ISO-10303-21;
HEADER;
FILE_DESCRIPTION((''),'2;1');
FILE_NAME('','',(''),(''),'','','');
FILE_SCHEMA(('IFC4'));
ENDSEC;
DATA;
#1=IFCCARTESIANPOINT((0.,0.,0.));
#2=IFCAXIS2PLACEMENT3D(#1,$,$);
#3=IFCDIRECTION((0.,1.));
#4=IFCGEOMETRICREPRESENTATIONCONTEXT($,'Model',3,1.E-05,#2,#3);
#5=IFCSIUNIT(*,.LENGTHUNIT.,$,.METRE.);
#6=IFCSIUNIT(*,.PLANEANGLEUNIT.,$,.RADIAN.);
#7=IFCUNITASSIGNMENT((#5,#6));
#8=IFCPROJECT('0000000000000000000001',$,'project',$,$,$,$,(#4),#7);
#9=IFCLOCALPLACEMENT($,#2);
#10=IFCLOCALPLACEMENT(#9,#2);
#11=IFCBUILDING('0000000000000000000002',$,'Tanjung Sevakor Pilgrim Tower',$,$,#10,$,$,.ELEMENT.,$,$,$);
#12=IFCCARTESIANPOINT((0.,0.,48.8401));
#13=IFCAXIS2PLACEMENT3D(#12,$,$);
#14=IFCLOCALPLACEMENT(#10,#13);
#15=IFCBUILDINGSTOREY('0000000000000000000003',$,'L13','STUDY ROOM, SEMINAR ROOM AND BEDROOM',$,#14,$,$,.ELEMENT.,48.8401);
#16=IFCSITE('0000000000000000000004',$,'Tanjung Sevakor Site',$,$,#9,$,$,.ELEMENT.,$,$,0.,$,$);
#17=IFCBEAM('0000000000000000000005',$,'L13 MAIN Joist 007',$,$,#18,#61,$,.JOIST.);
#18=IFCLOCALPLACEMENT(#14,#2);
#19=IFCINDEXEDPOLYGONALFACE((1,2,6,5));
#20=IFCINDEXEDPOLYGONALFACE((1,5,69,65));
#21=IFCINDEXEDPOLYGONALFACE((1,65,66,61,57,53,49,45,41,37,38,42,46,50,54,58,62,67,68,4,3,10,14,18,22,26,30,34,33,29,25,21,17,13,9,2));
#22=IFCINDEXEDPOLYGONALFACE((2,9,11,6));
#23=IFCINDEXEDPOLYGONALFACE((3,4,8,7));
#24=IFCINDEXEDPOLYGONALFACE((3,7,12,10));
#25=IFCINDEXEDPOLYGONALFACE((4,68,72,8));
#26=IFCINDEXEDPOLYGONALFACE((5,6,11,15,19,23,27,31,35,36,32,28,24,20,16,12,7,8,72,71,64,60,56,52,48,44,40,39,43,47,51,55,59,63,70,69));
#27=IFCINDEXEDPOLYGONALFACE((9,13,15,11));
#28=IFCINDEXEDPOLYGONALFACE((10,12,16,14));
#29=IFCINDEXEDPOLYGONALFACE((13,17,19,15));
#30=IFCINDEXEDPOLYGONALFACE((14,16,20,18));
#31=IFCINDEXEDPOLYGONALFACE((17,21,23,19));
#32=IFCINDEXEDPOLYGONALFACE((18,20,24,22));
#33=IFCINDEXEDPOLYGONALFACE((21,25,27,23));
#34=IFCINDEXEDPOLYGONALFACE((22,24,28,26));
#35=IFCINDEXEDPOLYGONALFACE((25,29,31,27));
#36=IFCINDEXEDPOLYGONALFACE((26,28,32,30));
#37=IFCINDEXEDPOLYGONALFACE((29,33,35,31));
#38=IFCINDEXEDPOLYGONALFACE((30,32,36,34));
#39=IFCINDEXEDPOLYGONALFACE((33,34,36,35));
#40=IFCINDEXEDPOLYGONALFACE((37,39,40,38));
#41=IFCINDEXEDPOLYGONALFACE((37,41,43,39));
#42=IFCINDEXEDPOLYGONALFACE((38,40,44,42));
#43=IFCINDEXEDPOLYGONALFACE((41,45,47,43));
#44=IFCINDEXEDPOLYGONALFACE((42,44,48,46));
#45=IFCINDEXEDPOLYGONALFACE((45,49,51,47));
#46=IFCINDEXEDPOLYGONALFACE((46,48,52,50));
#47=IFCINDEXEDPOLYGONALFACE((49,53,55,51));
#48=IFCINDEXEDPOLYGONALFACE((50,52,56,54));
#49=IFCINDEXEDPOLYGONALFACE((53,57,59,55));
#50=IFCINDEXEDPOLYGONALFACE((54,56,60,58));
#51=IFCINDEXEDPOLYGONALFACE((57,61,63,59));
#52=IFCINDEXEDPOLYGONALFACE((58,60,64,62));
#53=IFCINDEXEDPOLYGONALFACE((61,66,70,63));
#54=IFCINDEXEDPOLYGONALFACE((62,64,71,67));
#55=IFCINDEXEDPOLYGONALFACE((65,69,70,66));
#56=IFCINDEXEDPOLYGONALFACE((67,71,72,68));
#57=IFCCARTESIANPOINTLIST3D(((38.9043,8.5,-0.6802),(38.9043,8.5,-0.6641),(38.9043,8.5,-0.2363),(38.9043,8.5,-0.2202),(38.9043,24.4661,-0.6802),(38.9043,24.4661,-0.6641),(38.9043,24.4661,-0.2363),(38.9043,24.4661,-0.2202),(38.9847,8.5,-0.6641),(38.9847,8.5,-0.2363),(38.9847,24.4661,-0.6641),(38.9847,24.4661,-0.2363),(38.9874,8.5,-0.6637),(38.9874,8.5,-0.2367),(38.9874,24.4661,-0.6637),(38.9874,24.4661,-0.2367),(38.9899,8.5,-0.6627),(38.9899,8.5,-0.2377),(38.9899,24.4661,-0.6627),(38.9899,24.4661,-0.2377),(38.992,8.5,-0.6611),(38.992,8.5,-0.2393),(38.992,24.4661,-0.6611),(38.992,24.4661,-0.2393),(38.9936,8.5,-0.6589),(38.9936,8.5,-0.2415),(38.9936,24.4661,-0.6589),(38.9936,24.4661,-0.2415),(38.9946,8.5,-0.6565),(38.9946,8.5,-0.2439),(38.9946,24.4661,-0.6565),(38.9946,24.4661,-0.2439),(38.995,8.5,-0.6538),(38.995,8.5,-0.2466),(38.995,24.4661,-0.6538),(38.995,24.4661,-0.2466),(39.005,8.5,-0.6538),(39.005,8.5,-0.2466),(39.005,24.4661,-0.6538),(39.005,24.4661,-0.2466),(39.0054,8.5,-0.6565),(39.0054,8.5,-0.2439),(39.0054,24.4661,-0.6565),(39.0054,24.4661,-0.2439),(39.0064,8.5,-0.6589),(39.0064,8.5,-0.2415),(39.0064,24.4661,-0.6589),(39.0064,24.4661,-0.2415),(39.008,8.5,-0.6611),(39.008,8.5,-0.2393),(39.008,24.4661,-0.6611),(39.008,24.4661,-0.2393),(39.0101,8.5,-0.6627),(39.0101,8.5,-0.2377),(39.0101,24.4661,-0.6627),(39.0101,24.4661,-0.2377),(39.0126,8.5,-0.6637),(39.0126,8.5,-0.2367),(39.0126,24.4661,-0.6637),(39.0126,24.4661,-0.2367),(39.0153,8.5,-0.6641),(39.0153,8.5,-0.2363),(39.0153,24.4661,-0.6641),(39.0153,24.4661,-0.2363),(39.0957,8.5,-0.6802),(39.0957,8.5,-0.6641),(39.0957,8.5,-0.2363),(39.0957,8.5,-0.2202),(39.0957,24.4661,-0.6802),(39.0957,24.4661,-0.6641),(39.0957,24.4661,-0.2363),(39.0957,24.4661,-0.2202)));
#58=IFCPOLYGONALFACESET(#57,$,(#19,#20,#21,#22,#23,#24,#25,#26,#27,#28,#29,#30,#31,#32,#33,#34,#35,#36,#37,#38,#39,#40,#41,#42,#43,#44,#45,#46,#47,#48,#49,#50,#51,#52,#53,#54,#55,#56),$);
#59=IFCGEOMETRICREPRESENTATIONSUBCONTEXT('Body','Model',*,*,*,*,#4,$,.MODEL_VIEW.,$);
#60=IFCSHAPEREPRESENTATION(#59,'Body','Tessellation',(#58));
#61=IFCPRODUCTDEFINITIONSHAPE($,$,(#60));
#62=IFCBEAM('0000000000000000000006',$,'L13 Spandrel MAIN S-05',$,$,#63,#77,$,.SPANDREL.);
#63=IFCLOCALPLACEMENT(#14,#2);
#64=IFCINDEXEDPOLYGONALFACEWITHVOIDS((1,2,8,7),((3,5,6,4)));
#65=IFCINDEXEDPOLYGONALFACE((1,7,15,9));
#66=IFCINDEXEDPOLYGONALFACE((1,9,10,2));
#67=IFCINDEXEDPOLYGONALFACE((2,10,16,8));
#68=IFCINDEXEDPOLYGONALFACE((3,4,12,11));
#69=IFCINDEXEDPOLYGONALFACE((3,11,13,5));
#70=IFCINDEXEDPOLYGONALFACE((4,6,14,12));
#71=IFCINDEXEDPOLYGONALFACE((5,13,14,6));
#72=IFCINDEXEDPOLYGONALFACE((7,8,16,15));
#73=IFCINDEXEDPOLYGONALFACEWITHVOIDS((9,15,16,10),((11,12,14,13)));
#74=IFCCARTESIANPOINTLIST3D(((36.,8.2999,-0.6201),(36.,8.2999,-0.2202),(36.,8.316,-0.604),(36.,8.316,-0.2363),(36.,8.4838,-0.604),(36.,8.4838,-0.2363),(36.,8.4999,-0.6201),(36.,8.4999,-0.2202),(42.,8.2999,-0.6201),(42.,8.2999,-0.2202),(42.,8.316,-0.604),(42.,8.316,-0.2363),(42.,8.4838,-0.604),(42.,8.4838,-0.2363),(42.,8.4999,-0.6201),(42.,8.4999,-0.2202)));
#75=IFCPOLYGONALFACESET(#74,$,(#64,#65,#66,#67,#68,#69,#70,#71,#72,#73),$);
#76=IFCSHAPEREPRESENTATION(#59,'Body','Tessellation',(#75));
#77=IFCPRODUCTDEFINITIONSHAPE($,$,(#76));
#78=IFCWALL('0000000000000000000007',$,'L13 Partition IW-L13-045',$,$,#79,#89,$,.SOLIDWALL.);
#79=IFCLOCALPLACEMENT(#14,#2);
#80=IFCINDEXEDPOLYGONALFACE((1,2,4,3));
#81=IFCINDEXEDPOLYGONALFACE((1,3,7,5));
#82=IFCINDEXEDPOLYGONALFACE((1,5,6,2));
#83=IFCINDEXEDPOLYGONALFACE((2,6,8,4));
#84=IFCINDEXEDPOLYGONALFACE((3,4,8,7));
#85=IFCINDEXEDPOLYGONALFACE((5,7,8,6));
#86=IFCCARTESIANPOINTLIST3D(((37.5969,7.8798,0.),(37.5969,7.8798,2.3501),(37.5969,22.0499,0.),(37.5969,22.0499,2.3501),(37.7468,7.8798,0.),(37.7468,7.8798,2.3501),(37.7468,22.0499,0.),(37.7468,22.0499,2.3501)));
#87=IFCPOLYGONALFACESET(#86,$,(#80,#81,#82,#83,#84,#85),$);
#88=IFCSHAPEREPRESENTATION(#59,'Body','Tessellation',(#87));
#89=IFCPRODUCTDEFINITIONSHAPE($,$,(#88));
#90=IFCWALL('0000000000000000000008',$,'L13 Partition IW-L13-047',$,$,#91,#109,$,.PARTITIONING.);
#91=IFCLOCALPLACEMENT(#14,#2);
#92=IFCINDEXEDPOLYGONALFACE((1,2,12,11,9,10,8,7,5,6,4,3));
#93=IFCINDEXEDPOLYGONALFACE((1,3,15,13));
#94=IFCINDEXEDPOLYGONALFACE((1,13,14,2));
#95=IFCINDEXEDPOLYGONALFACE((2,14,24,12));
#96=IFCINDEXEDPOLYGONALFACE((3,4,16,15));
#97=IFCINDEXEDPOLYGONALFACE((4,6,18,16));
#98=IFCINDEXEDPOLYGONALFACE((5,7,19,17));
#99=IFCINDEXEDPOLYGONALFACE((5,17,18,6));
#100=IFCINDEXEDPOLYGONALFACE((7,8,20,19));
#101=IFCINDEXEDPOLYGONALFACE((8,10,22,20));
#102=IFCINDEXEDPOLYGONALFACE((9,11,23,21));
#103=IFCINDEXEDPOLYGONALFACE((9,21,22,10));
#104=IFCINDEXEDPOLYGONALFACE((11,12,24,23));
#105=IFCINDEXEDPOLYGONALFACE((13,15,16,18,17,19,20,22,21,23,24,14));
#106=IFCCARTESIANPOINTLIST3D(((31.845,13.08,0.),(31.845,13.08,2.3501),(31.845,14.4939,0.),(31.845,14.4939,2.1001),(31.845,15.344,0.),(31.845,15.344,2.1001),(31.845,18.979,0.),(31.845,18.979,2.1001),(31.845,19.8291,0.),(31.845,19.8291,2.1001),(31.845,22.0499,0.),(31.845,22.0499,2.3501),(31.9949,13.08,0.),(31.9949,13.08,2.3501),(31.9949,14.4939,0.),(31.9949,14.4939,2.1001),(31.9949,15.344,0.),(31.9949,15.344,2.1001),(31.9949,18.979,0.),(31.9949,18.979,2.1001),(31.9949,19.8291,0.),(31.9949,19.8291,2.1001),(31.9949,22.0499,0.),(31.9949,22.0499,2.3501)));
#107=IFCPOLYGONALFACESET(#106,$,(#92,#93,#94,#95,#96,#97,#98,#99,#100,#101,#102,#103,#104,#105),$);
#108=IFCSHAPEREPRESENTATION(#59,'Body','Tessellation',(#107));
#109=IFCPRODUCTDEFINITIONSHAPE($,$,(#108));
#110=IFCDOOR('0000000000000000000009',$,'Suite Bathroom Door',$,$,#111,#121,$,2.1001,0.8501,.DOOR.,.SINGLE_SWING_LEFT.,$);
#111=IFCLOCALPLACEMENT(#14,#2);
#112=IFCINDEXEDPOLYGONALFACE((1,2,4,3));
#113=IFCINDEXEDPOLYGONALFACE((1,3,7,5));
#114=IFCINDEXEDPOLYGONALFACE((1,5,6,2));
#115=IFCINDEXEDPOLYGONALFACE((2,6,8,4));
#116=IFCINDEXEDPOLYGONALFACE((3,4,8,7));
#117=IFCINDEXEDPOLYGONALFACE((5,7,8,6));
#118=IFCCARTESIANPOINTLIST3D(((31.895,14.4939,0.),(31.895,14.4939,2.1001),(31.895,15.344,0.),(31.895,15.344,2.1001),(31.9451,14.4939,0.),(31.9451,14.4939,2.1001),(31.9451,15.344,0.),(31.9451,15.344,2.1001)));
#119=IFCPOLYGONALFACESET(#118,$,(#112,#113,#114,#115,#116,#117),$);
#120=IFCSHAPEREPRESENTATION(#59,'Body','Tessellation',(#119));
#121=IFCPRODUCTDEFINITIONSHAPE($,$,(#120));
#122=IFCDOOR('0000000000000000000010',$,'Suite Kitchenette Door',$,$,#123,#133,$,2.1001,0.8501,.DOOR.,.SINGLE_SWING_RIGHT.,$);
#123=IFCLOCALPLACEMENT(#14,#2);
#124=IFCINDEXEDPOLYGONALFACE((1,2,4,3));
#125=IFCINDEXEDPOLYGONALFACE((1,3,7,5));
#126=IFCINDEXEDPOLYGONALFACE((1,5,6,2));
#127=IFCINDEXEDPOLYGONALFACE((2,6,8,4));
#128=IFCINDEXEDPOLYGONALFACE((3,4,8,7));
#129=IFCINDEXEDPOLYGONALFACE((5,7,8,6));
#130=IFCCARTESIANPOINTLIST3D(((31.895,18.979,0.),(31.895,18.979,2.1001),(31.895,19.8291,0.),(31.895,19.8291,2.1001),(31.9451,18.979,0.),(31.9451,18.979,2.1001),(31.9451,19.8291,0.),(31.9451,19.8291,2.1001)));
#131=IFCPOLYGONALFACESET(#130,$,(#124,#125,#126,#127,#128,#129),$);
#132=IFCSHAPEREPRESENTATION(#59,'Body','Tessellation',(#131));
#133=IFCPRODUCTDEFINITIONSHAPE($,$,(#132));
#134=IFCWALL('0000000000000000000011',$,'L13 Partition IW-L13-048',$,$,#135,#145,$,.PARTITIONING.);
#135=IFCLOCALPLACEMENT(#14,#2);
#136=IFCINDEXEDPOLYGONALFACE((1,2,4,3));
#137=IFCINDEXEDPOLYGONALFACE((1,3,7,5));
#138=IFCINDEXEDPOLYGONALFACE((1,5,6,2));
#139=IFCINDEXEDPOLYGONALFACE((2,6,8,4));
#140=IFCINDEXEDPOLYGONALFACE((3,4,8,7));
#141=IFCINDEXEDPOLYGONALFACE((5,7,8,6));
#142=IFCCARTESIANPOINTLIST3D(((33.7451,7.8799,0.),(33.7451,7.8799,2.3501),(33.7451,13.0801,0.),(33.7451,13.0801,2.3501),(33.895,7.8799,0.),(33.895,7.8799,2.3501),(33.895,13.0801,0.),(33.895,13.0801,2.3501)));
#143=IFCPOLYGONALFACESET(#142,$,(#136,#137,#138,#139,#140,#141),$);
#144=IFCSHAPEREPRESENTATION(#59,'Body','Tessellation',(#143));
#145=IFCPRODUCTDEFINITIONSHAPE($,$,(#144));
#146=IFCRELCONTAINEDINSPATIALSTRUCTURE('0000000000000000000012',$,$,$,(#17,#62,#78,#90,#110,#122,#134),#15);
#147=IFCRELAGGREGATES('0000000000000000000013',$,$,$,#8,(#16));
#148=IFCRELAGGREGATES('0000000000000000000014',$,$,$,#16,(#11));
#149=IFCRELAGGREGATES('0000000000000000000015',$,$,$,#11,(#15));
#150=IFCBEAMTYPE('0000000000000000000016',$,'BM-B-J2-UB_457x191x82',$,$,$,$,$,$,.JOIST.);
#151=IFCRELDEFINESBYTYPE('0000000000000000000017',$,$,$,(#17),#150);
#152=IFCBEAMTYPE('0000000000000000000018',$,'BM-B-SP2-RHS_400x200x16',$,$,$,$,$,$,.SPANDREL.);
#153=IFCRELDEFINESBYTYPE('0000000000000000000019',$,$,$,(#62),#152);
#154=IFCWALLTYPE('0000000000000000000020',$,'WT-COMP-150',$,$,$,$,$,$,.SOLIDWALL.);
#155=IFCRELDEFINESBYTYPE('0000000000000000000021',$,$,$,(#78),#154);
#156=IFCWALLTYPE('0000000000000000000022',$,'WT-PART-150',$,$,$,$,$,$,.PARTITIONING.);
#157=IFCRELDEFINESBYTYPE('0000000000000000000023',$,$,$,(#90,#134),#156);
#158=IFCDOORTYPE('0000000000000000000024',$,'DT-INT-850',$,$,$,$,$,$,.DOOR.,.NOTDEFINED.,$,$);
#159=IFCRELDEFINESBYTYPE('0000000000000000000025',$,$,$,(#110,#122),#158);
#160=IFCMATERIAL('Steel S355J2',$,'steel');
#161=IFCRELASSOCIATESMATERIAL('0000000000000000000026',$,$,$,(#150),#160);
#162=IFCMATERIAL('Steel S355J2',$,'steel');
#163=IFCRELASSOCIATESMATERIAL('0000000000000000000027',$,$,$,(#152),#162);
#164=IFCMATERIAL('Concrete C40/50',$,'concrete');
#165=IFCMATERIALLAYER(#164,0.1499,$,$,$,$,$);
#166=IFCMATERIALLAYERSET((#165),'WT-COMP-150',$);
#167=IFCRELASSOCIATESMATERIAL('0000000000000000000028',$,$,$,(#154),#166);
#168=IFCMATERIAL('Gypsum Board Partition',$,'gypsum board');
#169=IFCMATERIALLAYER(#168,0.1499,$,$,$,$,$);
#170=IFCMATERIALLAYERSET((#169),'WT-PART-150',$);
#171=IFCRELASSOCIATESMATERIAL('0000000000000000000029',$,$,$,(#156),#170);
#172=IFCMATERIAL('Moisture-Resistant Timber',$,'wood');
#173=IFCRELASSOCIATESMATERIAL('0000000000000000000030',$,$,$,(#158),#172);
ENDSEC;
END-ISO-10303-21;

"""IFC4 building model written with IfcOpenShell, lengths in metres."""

from ifc_helpers import new_model, si_unit, direction, frame, frame_2d, origin, origin_2d, place, context, subcontext, project, spatial, rectangle, hollow_rectangle, i_section, extrude, material, layer, layer_set, material_profile, profile_set, type_object, element, fill, save


model = new_model("IFC4")

# Units and contexts
model_context = context("Model", 3, precision=1e-05, world=origin(), true_north=direction((0.0, 1.0)))
body_context = subcontext(model_context, "Body", "Model", "MODEL_VIEW")
ifc_project = project(units=[si_unit("LENGTHUNIT", "METRE"), si_unit("PLANEANGLEUNIT", "RADIAN")], contexts=[model_context])

# Site, building, storey
site_placement = place(None, origin())
site = spatial("IfcSite", under=ifc_project, at=site_placement, Name="Tanjung Sevakor Site", CompositionType="ELEMENT", RefElevation=0.0)
building_placement = place(site_placement, origin())
building = spatial("IfcBuilding", under=site, at=building_placement, Name="Tanjung Sevakor Pilgrim Tower", CompositionType="ELEMENT")
storey_placement = place(building_placement, frame((0.0, 0.0, 48.8401)))
storey = spatial("IfcBuildingStorey", under=building, at=storey_placement, Name="L13", Description="STUDY ROOM, SEMINAR ROOM AND BEDROOM", CompositionType="ELEMENT", Elevation=48.8401)

# Beams
ifc_material_1 = material(Name="Steel S355J2", Category="steel")
ifc_material_profile_1 = material_profile(ifc_material_1, i_section(OverallWidth=0.1914, OverallDepth=0.46, WebThickness=0.01, FlangeThickness=0.0161, FilletRadius=0.0103, at=origin_2d()))
ifc_profile_set_1 = profile_set([ifc_material_profile_1], Name="Steel S355J2")
beam_type_1 = type_object("IfcBeamType", Name="BM-B-J2-UB_457x191x82", PredefinedType="JOIST", material=ifc_profile_set_1)
beam_1_placement = place(storey_placement, frame((39.0, 8.5, -0.4502), z_axis=(0.0, 1.0, 0.0), x_axis=(-1.0, 0.0, 0.0)))
element("IfcBeam", 1, at=beam_1_placement, inside=storey, type_object=beam_type_1, Name="L13 MAIN Joist 007", PredefinedType="JOIST", context=body_context, shape_type="SweptSolid", body=[
    extrude(i_section(OverallWidth=0.1914, OverallDepth=0.46, WebThickness=0.01, FlangeThickness=0.0161, FilletRadius=0.0103, at=origin_2d()), origin(), (0.0, 0.0, 1.0), 15.9661),
])
ifc_material_2 = material(Name="Steel S355J2", Category="steel")
ifc_material_profile_2 = material_profile(ifc_material_2, hollow_rectangle(XDim=0.2, YDim=0.3999, WallThickness=0.0161, at=origin_2d()))
ifc_profile_set_2 = profile_set([ifc_material_profile_2], Name="Steel S355J2")
beam_type_2 = type_object("IfcBeamType", Name="BM-B-SP2-RHS_400x200x16", PredefinedType="SPANDREL", material=ifc_profile_set_2)
beam_2_placement = place(storey_placement, frame((36.0, 8.3999, -0.4202), z_axis=(1.0, 0.0, 0.0), x_axis=(0.0, 1.0, 0.0)))
element("IfcBeam", 2, at=beam_2_placement, inside=storey, type_object=beam_type_2, Name="L13 Spandrel MAIN S-05", PredefinedType="SPANDREL", context=body_context, shape_type="SweptSolid", body=[
    extrude(hollow_rectangle(XDim=0.2, YDim=0.3999, WallThickness=0.0161, at=origin_2d()), origin(), (0.0, 0.0, 1.0), 6.0),
])

# Wall
ifc_material_3 = material(Name="Concrete C40/50", Category="concrete")
ifc_layer_1 = layer(ifc_material_3, 0.1499)
ifc_layer_set_1 = layer_set([ifc_layer_1], Name="WT-COMP-150")
wall_type_1 = type_object("IfcWallType", Name="WT-COMP-150", PredefinedType="SOLIDWALL", material=ifc_layer_set_1)
wall_1_placement = place(storey_placement, frame((37.6719, 7.8799, 0.0), z_axis=(0.0, 0.0, 1.0), x_axis=(0.0, 1.0, 0.0)))
element("IfcWall", 3, at=wall_1_placement, inside=storey, type_object=wall_type_1, Name="L13 Partition IW-L13-045", PredefinedType="SOLIDWALL", context=body_context, shape_type="SweptSolid", body=[
    extrude(rectangle(XDim=14.1702, YDim=0.1499, at=frame_2d((7.085, 0.0))), origin(), (0.0, 0.0, 1.0), 2.3501),
])

# Wall, openings, doors
ifc_material_4 = material(Name="Gypsum Board Partition", Category="gypsum board")
ifc_layer_2 = layer(ifc_material_4, 0.1499)
ifc_layer_set_2 = layer_set([ifc_layer_2], Name="WT-PART-150")
wall_type_2 = type_object("IfcWallType", Name="WT-PART-150", PredefinedType="PARTITIONING", material=ifc_layer_set_2)
wall_2_placement = place(storey_placement, frame((31.9199, 13.0801, 0.0), z_axis=(0.0, 0.0, 1.0), x_axis=(0.0, 1.0, 0.0)))
wall_2 = element("IfcWall", 4, at=wall_2_placement, inside=storey, type_object=wall_type_2, Name="L13 Partition IW-L13-047", PredefinedType="PARTITIONING", context=body_context, shape_type="SweptSolid", body=[
    extrude(rectangle(XDim=8.97, YDim=0.1499, at=frame_2d((4.4849, 0.0))), origin(), (0.0, 0.0, 1.0), 2.3501),
])
opening_1_placement = place(wall_2_placement, frame((1.4138, 0.0, 0.0)))
opening_1 = element("IfcOpeningElement", 5, at=opening_1_placement, cuts=wall_2, PredefinedType="OPENING", context=body_context, shape_type="SweptSolid", body=[
    extrude(rectangle(XDim=0.8501, YDim=2.1001, at=frame_2d((0.425, 1.05))), frame((0.0, 0.085, 0.0), z_axis=(0.0, -1.0, 0.0), x_axis=(1.0, 0.0, 0.0)), (0.0, 0.0, 1.0), 0.1699),
])
opening_2_placement = place(wall_2_placement, frame((5.8989, 0.0, 0.0)))
opening_2 = element("IfcOpeningElement", 6, at=opening_2_placement, cuts=wall_2, PredefinedType="OPENING", context=body_context, shape_type="SweptSolid", body=[
    extrude(rectangle(XDim=0.8501, YDim=2.1001, at=frame_2d((0.425, 1.05))), frame((0.0, 0.085, 0.0), z_axis=(0.0, -1.0, 0.0), x_axis=(1.0, 0.0, 0.0)), (0.0, 0.0, 1.0), 0.1699),
])
ifc_material_5 = material(Name="Moisture-Resistant Timber", Category="wood")
door_type = type_object("IfcDoorType", Name="DT-INT-850", OperationType="NOTDEFINED", PredefinedType="DOOR", material=ifc_material_5)
door_1_placement = place(opening_1_placement, origin())
door_1 = element("IfcDoor", 7, at=door_1_placement, inside=storey, type_object=door_type, Name="Suite Bathroom Door", OperationType="SINGLE_SWING_LEFT", OverallHeight=2.1001, OverallWidth=0.8501, PredefinedType="DOOR", context=body_context, shape_type="SweptSolid", body=[
    extrude(rectangle(XDim=0.8501, YDim=2.1001, at=frame_2d((0.425, 1.05))), frame((0.0, 0.0249, 0.0), z_axis=(0.0, -1.0, 0.0), x_axis=(1.0, 0.0, 0.0)), (0.0, 0.0, 1.0), 0.05),
])
fill(opening_1, door_1)
door_2_placement = place(opening_2_placement, origin())
door_2 = element("IfcDoor", 8, at=door_2_placement, inside=storey, type_object=door_type, Name="Suite Kitchenette Door", OperationType="SINGLE_SWING_RIGHT", OverallHeight=2.1001, OverallWidth=0.8501, PredefinedType="DOOR", context=body_context, shape_type="SweptSolid", body=[
    extrude(rectangle(XDim=0.8501, YDim=2.1001, at=frame_2d((0.425, 1.05))), frame((0.0, 0.0249, 0.0), z_axis=(0.0, -1.0, 0.0), x_axis=(1.0, 0.0, 0.0)), (0.0, 0.0, 1.0), 0.05),
])
fill(opening_2, door_2)

# Wall
wall_3_placement = place(storey_placement, frame((33.8201, 7.8799, 0.0), z_axis=(0.0, 0.0, 1.0), x_axis=(0.0, 1.0, 0.0)))
element("IfcWall", 9, at=wall_3_placement, inside=storey, type_object=wall_type_2, Name="L13 Partition IW-L13-048", PredefinedType="PARTITIONING", context=body_context, shape_type="SweptSolid", body=[
    extrude(rectangle(XDim=5.2002, YDim=0.1499, at=frame_2d((2.6001, 0.0))), origin(), (0.0, 0.0, 1.0), 2.3501),
])

save(model, "model.ifc")
